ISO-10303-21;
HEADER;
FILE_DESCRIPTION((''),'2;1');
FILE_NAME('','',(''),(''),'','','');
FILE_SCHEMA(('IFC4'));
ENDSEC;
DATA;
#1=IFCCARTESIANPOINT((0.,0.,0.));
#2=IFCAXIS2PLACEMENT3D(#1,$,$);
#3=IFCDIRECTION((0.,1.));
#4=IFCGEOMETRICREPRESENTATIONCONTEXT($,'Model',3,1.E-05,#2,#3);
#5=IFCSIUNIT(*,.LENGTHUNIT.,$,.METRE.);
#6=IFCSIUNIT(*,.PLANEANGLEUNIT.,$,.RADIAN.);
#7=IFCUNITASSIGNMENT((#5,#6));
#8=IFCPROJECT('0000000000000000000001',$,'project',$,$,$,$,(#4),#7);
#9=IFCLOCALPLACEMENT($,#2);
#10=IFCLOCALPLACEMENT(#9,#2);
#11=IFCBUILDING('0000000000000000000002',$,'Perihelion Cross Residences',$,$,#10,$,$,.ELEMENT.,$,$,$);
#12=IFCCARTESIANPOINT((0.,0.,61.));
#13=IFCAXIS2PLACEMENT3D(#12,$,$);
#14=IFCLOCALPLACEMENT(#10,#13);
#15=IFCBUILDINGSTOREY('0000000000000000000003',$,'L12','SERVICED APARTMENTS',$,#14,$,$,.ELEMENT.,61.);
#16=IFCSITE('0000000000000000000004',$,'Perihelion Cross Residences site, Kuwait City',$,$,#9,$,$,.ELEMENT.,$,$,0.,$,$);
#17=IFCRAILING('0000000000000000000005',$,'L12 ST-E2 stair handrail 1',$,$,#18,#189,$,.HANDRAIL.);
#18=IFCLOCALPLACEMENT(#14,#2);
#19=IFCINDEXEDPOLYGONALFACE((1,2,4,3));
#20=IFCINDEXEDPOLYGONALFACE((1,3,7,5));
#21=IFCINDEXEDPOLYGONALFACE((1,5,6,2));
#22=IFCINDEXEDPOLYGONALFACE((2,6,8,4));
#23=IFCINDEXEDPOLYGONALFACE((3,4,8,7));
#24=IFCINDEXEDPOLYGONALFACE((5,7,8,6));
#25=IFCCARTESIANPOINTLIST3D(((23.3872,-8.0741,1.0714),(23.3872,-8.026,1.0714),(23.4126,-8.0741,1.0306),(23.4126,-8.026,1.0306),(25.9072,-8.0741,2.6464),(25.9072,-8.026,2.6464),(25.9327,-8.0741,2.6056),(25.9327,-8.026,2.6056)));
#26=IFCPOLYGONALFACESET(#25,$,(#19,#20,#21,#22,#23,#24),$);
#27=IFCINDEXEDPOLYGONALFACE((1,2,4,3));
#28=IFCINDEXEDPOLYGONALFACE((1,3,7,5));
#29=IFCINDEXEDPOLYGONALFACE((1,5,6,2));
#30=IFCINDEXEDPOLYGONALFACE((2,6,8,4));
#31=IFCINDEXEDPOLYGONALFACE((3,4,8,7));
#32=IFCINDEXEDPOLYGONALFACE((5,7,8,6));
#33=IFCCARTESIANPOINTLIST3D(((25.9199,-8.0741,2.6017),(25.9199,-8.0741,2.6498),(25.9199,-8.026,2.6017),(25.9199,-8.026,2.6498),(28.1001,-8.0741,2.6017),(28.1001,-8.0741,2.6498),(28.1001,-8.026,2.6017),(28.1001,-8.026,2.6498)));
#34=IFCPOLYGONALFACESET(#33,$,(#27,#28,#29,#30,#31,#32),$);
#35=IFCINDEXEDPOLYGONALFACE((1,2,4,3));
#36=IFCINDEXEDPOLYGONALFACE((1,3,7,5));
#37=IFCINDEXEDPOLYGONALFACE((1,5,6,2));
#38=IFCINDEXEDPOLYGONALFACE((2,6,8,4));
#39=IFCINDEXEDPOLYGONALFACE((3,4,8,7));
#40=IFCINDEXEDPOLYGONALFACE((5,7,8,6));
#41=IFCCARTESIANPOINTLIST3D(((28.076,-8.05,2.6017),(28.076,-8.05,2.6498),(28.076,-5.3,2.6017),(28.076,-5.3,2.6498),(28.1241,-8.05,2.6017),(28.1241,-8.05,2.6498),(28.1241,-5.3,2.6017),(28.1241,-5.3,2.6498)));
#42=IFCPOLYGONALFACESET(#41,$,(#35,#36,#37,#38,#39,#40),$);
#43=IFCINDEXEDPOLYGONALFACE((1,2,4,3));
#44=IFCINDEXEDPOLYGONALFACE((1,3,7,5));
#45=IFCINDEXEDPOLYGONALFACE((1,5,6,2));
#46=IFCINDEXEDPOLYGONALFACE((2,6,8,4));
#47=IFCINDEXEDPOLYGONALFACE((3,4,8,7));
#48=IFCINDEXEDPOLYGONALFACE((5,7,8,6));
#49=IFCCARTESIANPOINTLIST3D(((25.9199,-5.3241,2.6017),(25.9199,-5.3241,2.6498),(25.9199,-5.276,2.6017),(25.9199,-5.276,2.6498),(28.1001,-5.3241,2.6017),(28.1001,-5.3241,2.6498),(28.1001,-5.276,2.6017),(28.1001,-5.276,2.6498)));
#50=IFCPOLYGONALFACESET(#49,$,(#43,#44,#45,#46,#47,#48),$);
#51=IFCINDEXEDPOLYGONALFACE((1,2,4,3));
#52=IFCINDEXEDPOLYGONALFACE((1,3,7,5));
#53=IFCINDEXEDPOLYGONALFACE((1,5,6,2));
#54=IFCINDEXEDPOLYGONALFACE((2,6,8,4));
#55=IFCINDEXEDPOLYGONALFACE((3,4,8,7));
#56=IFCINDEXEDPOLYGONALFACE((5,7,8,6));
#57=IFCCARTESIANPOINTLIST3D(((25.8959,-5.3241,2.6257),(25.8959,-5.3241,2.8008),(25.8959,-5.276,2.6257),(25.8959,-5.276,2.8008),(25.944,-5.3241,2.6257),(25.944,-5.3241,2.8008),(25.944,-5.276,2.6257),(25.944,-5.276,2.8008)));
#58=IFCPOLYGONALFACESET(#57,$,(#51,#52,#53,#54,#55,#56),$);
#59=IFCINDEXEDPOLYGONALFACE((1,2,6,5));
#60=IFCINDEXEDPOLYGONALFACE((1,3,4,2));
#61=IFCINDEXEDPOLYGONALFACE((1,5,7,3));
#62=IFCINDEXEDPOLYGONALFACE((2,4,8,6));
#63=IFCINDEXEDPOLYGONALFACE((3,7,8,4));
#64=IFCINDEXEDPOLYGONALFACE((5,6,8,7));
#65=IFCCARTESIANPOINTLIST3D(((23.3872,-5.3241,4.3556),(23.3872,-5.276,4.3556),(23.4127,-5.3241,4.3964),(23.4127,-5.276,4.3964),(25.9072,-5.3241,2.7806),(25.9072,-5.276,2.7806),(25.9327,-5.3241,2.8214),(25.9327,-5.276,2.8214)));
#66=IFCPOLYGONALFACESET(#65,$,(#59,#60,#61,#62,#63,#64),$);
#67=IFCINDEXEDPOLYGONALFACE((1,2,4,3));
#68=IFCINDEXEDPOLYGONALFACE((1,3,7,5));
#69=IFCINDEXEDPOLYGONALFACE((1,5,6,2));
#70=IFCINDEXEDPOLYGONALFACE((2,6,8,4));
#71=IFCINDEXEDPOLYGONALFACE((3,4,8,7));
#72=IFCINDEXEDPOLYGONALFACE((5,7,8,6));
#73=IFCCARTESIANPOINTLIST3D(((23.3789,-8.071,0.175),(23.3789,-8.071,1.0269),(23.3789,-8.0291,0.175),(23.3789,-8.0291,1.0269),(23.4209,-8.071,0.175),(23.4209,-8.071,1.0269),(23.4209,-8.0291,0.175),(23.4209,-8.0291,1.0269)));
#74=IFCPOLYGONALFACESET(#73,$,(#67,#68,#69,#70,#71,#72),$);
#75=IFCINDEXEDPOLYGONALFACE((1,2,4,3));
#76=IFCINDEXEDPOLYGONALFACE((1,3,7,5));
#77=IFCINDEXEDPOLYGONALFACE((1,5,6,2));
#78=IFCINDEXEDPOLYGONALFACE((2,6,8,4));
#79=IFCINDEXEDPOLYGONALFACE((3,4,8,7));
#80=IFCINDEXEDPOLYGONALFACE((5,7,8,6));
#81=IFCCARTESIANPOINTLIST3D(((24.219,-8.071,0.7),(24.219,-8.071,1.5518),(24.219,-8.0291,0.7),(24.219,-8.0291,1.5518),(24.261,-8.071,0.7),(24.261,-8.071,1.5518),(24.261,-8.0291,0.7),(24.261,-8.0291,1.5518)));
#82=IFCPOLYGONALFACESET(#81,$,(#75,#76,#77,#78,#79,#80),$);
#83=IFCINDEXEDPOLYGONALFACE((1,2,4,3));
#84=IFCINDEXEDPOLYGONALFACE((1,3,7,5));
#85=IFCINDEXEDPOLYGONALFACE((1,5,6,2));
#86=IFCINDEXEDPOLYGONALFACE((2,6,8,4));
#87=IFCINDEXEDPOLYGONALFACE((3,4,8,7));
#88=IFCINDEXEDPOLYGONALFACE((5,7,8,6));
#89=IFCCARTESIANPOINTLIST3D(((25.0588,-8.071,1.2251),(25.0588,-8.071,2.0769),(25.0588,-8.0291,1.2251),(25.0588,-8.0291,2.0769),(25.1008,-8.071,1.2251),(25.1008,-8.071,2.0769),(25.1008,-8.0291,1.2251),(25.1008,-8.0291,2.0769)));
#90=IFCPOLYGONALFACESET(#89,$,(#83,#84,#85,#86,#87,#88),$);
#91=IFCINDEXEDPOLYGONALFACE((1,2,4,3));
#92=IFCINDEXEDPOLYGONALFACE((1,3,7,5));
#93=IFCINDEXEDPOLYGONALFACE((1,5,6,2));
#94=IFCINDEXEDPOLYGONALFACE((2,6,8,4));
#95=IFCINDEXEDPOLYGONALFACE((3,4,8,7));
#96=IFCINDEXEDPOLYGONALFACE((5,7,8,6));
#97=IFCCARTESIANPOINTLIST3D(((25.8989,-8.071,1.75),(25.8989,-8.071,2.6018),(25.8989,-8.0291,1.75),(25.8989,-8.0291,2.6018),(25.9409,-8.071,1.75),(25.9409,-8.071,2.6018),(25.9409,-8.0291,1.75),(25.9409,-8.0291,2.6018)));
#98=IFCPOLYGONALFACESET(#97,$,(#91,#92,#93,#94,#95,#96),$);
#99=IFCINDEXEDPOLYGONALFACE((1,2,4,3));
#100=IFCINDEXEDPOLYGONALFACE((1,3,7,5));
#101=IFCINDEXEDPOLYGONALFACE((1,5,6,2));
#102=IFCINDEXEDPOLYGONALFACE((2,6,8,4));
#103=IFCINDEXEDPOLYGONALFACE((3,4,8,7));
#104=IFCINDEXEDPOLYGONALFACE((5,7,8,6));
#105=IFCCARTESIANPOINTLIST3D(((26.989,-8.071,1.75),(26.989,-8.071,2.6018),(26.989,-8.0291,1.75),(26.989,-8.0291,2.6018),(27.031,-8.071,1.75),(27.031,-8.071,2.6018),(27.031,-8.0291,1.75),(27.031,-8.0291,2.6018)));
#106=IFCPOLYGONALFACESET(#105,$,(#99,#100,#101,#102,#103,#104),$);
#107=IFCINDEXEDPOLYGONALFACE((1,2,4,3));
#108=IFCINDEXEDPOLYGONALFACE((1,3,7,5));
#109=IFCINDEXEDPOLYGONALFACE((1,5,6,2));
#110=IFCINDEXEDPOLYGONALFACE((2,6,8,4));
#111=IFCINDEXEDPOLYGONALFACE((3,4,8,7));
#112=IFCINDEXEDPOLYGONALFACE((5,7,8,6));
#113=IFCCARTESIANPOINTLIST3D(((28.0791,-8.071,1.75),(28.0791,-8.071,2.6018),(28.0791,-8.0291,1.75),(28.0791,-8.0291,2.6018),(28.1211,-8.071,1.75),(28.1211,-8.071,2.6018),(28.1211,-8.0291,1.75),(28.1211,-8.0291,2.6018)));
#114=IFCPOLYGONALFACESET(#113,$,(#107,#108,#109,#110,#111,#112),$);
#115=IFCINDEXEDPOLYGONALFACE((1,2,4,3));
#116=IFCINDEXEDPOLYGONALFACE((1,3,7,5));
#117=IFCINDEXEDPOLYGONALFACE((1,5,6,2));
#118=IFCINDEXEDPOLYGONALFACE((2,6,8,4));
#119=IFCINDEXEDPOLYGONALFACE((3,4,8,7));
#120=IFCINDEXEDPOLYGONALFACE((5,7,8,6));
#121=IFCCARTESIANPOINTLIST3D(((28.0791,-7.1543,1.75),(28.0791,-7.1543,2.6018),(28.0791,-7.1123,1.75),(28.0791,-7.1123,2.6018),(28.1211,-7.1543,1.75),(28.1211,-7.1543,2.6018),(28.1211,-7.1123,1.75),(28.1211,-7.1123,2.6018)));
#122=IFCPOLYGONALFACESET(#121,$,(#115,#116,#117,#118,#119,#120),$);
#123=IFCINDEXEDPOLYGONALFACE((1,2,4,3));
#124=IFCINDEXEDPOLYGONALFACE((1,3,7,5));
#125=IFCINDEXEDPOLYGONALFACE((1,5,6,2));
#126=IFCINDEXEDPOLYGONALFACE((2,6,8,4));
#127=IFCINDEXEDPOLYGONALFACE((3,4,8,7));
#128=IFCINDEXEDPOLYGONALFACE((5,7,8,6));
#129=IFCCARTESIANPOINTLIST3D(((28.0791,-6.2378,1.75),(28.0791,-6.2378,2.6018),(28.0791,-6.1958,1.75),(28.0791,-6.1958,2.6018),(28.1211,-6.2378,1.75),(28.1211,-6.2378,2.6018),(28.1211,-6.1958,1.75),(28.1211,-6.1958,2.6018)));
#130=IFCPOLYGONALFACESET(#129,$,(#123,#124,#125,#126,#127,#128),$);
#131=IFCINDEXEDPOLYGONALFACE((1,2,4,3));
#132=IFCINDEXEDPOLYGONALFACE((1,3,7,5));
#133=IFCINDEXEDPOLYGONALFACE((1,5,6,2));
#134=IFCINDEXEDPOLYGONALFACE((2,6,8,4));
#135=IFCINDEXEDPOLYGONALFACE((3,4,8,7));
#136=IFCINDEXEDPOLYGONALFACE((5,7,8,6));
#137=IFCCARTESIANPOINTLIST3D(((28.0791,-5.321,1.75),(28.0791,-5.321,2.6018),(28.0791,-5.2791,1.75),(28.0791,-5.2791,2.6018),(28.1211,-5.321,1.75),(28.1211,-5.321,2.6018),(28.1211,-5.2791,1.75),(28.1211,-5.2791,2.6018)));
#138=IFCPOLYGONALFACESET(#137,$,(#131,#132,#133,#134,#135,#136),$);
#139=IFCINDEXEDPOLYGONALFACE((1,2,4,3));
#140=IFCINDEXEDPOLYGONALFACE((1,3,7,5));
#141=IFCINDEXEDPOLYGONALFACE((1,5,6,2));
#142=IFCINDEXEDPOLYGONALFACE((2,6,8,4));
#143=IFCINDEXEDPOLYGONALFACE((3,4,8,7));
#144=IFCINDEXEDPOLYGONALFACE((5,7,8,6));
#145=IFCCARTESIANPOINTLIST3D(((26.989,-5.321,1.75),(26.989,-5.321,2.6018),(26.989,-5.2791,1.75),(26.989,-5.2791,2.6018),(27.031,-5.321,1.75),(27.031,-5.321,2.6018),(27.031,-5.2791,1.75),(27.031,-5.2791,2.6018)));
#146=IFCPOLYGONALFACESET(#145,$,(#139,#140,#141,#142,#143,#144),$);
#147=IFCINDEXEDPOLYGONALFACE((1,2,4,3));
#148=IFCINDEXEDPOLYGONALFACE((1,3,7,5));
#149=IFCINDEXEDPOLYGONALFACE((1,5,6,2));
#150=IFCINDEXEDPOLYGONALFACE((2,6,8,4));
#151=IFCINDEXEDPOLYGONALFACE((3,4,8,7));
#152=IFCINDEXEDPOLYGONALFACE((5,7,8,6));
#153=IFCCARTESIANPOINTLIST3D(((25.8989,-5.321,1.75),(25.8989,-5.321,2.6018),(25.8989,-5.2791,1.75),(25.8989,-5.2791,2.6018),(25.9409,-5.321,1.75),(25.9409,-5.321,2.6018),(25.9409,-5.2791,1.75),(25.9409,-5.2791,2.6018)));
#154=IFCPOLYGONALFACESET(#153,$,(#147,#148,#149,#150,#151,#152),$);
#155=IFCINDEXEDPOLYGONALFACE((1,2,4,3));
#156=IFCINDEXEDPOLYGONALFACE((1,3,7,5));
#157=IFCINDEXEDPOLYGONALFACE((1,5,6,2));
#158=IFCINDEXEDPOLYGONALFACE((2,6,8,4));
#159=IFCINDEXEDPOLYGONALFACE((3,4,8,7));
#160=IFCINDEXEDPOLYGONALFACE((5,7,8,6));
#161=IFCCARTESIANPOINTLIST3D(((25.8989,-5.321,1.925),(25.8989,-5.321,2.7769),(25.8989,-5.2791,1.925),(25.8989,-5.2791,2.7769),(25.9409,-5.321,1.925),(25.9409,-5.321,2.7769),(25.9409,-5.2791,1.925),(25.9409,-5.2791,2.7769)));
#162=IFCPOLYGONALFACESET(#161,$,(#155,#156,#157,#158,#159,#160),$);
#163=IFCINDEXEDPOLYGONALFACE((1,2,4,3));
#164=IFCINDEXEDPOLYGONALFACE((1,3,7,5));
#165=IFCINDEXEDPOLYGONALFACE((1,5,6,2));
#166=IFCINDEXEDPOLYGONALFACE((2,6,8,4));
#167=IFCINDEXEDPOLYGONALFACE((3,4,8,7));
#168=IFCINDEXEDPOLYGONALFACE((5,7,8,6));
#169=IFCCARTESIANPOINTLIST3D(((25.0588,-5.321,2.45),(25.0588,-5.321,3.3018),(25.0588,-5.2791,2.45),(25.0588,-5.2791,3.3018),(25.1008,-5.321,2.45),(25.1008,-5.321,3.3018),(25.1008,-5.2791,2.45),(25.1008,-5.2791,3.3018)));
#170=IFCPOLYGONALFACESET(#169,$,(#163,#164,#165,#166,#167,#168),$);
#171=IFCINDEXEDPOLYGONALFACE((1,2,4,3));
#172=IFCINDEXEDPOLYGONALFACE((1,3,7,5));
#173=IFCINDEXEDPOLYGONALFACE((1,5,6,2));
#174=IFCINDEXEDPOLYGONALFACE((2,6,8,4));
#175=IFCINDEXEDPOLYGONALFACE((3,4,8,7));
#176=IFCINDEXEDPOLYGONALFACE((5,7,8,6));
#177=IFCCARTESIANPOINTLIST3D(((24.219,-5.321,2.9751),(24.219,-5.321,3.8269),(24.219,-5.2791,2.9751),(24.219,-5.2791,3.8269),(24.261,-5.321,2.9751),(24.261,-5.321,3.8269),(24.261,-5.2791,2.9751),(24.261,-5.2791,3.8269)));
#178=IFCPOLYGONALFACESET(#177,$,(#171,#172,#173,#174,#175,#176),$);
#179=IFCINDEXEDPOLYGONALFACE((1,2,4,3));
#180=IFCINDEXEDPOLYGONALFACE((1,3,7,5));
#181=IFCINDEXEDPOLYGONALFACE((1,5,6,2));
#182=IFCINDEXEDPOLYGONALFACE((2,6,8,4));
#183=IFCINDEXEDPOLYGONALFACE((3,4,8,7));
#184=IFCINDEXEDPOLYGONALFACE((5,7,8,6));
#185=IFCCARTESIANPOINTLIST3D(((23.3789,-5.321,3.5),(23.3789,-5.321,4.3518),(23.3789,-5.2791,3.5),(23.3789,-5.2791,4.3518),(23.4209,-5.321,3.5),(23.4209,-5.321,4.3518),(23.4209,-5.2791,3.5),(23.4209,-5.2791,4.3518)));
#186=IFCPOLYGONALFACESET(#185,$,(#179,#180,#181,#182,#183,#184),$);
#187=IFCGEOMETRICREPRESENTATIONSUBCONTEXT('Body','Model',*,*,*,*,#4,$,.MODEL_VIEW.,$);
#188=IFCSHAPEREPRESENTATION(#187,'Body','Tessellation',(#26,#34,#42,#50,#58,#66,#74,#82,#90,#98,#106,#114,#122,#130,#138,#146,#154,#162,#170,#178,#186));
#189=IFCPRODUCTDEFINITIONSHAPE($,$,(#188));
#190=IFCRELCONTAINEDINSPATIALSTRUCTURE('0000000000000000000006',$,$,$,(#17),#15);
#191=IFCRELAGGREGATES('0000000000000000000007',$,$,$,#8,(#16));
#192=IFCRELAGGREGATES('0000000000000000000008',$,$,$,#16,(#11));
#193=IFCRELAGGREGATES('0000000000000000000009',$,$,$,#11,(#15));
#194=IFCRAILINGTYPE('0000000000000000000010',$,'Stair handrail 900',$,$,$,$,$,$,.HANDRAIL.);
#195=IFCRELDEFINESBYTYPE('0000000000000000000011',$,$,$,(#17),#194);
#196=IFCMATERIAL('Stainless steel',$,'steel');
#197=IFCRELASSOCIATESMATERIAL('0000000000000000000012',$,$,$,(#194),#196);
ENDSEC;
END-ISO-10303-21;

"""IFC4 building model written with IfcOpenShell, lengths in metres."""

from ifc_helpers import new_model, si_unit, direction, frame, origin, origin_2d, place, context, subcontext, project, spatial, rectangle, extrude, material, type_object, element, save


model = new_model("IFC4")

# Units and contexts
model_context = context("Model", 3, precision=1e-05, world=origin(), true_north=direction((0.0, 1.0)))
body_context = subcontext(model_context, "Body", "Model", "MODEL_VIEW")
ifc_project = project(units=[si_unit("LENGTHUNIT", "METRE"), si_unit("PLANEANGLEUNIT", "RADIAN")], contexts=[model_context])

# Site, building, storey
site_placement = place(None, origin())
site = spatial("IfcSite", under=ifc_project, at=site_placement, Name="Perihelion Cross Residences site, Kuwait City", CompositionType="ELEMENT", RefElevation=0.0)
building_placement = place(site_placement, origin())
building = spatial("IfcBuilding", under=site, at=building_placement, Name="Perihelion Cross Residences", CompositionType="ELEMENT")
storey_placement = place(building_placement, frame((0.0, 0.0, 61.0)))
storey = spatial("IfcBuildingStorey", under=building, at=storey_placement, Name="L12", Description="SERVICED APARTMENTS", CompositionType="ELEMENT", Elevation=61.0)

# Railing
ifc_material_1 = material(Name="Stainless steel", Category="steel")
railing_type_1 = type_object("IfcRailingType", Name="Stair handrail 900", PredefinedType="HANDRAIL", material=ifc_material_1)
railing_1_placement = place(storey_placement, frame((23.3999, -8.05, 0.175)))
element("IfcRailing", 1, at=railing_1_placement, inside=storey, type_object=railing_type_1, Name="L12 ST-E2 stair handrail 1", PredefinedType="HANDRAIL", context=body_context, shape_type="SweptSolid", body=[
    extrude(rectangle(XDim=0.0481, YDim=0.0481, at=origin_2d()), frame((0.0, 0.0, 0.876), z_axis=(0.848008, 0.0, 0.529984), x_axis=(0.0, 1.0, 0.0)), (0.0, 0.0, 1.0), 2.9717),
    extrude(rectangle(XDim=0.0481, YDim=0.0481, at=origin_2d()), frame((2.52, 0.0, 2.4507), z_axis=(1.0, 0.0, 0.0), x_axis=(0.0, 1.0, 0.0)), (0.0, 0.0, 1.0), 2.1802),
    extrude(rectangle(XDim=0.0481, YDim=0.0481, at=origin_2d()), frame((4.7002, 0.0, 2.4507), z_axis=(0.0, 1.0, 0.0), x_axis=(-1.0, 0.0, 0.0)), (0.0, 0.0, 1.0), 2.75),
    extrude(rectangle(XDim=0.0481, YDim=0.0481, at=origin_2d()), frame((4.7002, 2.75, 2.4507), z_axis=(-1.0, 0.0, 0.0), x_axis=(0.0, -1.0, 0.0)), (0.0, 0.0, 1.0), 2.1802),
    extrude(rectangle(XDim=0.0481, YDim=0.0481, at=origin_2d()), frame((2.52, 2.75, 2.4507), z_axis=(0.0, 0.0, 1.0), x_axis=(1.0, 0.0, 0.0)), (0.0, 0.0, 1.0), 0.175),
    extrude(rectangle(XDim=0.0481, YDim=0.0481, at=origin_2d()), frame((2.52, 2.75, 2.626), z_axis=(-0.848008, 0.0, 0.529984), x_axis=(0.0, -1.0, 0.0)), (0.0, 0.0, 1.0), 2.9717),
    extrude(rectangle(XDim=0.042, YDim=0.042, at=origin_2d()), origin(), (0.0, 0.0, 1.0), 0.8518),
    extrude(rectangle(XDim=0.042, YDim=0.042, at=origin_2d()), frame((0.8401, 0.0, 0.5249)), (0.0, 0.0, 1.0), 0.8518),
    extrude(rectangle(XDim=0.042, YDim=0.042, at=origin_2d()), frame((1.6799, 0.0, 1.05)), (0.0, 0.0, 1.0), 0.8518),
    extrude(rectangle(XDim=0.042, YDim=0.042, at=origin_2d()), frame((2.52, 0.0, 1.575)), (0.0, 0.0, 1.0), 0.8518),
    extrude(rectangle(XDim=0.042, YDim=0.042, at=origin_2d()), frame((3.6101, 0.0, 1.575)), (0.0, 0.0, 1.0), 0.8518),
    extrude(rectangle(XDim=0.042, YDim=0.042, at=origin_2d()), frame((4.7002, 0.0, 1.575)), (0.0, 0.0, 1.0), 0.8518),
    extrude(rectangle(XDim=0.042, YDim=0.042, at=origin_2d()), frame((4.7002, 0.9167, 1.575)), (0.0, 0.0, 1.0), 0.8518),
    extrude(rectangle(XDim=0.042, YDim=0.042, at=origin_2d()), frame((4.7002, 1.8333, 1.575)), (0.0, 0.0, 1.0), 0.8518),
    extrude(rectangle(XDim=0.042, YDim=0.042, at=origin_2d()), frame((4.7002, 2.75, 1.575)), (0.0, 0.0, 1.0), 0.8518),
    extrude(rectangle(XDim=0.042, YDim=0.042, at=origin_2d()), frame((3.6101, 2.75, 1.575)), (0.0, 0.0, 1.0), 0.8518),
    extrude(rectangle(XDim=0.042, YDim=0.042, at=origin_2d()), frame((2.52, 2.75, 1.575)), (0.0, 0.0, 1.0), 0.8518),
    extrude(rectangle(XDim=0.042, YDim=0.042, at=origin_2d()), frame((2.52, 2.75, 1.75)), (0.0, 0.0, 1.0), 0.8518),
    extrude(rectangle(XDim=0.042, YDim=0.042, at=origin_2d()), frame((1.6799, 2.75, 2.2749)), (0.0, 0.0, 1.0), 0.8518),
    extrude(rectangle(XDim=0.042, YDim=0.042, at=origin_2d()), frame((0.8401, 2.75, 2.8)), (0.0, 0.0, 1.0), 0.8518),
    extrude(rectangle(XDim=0.042, YDim=0.042, at=origin_2d()), frame((0.0, 2.75, 3.325)), (0.0, 0.0, 1.0), 0.8518),
])

save(model, "model.ifc")
